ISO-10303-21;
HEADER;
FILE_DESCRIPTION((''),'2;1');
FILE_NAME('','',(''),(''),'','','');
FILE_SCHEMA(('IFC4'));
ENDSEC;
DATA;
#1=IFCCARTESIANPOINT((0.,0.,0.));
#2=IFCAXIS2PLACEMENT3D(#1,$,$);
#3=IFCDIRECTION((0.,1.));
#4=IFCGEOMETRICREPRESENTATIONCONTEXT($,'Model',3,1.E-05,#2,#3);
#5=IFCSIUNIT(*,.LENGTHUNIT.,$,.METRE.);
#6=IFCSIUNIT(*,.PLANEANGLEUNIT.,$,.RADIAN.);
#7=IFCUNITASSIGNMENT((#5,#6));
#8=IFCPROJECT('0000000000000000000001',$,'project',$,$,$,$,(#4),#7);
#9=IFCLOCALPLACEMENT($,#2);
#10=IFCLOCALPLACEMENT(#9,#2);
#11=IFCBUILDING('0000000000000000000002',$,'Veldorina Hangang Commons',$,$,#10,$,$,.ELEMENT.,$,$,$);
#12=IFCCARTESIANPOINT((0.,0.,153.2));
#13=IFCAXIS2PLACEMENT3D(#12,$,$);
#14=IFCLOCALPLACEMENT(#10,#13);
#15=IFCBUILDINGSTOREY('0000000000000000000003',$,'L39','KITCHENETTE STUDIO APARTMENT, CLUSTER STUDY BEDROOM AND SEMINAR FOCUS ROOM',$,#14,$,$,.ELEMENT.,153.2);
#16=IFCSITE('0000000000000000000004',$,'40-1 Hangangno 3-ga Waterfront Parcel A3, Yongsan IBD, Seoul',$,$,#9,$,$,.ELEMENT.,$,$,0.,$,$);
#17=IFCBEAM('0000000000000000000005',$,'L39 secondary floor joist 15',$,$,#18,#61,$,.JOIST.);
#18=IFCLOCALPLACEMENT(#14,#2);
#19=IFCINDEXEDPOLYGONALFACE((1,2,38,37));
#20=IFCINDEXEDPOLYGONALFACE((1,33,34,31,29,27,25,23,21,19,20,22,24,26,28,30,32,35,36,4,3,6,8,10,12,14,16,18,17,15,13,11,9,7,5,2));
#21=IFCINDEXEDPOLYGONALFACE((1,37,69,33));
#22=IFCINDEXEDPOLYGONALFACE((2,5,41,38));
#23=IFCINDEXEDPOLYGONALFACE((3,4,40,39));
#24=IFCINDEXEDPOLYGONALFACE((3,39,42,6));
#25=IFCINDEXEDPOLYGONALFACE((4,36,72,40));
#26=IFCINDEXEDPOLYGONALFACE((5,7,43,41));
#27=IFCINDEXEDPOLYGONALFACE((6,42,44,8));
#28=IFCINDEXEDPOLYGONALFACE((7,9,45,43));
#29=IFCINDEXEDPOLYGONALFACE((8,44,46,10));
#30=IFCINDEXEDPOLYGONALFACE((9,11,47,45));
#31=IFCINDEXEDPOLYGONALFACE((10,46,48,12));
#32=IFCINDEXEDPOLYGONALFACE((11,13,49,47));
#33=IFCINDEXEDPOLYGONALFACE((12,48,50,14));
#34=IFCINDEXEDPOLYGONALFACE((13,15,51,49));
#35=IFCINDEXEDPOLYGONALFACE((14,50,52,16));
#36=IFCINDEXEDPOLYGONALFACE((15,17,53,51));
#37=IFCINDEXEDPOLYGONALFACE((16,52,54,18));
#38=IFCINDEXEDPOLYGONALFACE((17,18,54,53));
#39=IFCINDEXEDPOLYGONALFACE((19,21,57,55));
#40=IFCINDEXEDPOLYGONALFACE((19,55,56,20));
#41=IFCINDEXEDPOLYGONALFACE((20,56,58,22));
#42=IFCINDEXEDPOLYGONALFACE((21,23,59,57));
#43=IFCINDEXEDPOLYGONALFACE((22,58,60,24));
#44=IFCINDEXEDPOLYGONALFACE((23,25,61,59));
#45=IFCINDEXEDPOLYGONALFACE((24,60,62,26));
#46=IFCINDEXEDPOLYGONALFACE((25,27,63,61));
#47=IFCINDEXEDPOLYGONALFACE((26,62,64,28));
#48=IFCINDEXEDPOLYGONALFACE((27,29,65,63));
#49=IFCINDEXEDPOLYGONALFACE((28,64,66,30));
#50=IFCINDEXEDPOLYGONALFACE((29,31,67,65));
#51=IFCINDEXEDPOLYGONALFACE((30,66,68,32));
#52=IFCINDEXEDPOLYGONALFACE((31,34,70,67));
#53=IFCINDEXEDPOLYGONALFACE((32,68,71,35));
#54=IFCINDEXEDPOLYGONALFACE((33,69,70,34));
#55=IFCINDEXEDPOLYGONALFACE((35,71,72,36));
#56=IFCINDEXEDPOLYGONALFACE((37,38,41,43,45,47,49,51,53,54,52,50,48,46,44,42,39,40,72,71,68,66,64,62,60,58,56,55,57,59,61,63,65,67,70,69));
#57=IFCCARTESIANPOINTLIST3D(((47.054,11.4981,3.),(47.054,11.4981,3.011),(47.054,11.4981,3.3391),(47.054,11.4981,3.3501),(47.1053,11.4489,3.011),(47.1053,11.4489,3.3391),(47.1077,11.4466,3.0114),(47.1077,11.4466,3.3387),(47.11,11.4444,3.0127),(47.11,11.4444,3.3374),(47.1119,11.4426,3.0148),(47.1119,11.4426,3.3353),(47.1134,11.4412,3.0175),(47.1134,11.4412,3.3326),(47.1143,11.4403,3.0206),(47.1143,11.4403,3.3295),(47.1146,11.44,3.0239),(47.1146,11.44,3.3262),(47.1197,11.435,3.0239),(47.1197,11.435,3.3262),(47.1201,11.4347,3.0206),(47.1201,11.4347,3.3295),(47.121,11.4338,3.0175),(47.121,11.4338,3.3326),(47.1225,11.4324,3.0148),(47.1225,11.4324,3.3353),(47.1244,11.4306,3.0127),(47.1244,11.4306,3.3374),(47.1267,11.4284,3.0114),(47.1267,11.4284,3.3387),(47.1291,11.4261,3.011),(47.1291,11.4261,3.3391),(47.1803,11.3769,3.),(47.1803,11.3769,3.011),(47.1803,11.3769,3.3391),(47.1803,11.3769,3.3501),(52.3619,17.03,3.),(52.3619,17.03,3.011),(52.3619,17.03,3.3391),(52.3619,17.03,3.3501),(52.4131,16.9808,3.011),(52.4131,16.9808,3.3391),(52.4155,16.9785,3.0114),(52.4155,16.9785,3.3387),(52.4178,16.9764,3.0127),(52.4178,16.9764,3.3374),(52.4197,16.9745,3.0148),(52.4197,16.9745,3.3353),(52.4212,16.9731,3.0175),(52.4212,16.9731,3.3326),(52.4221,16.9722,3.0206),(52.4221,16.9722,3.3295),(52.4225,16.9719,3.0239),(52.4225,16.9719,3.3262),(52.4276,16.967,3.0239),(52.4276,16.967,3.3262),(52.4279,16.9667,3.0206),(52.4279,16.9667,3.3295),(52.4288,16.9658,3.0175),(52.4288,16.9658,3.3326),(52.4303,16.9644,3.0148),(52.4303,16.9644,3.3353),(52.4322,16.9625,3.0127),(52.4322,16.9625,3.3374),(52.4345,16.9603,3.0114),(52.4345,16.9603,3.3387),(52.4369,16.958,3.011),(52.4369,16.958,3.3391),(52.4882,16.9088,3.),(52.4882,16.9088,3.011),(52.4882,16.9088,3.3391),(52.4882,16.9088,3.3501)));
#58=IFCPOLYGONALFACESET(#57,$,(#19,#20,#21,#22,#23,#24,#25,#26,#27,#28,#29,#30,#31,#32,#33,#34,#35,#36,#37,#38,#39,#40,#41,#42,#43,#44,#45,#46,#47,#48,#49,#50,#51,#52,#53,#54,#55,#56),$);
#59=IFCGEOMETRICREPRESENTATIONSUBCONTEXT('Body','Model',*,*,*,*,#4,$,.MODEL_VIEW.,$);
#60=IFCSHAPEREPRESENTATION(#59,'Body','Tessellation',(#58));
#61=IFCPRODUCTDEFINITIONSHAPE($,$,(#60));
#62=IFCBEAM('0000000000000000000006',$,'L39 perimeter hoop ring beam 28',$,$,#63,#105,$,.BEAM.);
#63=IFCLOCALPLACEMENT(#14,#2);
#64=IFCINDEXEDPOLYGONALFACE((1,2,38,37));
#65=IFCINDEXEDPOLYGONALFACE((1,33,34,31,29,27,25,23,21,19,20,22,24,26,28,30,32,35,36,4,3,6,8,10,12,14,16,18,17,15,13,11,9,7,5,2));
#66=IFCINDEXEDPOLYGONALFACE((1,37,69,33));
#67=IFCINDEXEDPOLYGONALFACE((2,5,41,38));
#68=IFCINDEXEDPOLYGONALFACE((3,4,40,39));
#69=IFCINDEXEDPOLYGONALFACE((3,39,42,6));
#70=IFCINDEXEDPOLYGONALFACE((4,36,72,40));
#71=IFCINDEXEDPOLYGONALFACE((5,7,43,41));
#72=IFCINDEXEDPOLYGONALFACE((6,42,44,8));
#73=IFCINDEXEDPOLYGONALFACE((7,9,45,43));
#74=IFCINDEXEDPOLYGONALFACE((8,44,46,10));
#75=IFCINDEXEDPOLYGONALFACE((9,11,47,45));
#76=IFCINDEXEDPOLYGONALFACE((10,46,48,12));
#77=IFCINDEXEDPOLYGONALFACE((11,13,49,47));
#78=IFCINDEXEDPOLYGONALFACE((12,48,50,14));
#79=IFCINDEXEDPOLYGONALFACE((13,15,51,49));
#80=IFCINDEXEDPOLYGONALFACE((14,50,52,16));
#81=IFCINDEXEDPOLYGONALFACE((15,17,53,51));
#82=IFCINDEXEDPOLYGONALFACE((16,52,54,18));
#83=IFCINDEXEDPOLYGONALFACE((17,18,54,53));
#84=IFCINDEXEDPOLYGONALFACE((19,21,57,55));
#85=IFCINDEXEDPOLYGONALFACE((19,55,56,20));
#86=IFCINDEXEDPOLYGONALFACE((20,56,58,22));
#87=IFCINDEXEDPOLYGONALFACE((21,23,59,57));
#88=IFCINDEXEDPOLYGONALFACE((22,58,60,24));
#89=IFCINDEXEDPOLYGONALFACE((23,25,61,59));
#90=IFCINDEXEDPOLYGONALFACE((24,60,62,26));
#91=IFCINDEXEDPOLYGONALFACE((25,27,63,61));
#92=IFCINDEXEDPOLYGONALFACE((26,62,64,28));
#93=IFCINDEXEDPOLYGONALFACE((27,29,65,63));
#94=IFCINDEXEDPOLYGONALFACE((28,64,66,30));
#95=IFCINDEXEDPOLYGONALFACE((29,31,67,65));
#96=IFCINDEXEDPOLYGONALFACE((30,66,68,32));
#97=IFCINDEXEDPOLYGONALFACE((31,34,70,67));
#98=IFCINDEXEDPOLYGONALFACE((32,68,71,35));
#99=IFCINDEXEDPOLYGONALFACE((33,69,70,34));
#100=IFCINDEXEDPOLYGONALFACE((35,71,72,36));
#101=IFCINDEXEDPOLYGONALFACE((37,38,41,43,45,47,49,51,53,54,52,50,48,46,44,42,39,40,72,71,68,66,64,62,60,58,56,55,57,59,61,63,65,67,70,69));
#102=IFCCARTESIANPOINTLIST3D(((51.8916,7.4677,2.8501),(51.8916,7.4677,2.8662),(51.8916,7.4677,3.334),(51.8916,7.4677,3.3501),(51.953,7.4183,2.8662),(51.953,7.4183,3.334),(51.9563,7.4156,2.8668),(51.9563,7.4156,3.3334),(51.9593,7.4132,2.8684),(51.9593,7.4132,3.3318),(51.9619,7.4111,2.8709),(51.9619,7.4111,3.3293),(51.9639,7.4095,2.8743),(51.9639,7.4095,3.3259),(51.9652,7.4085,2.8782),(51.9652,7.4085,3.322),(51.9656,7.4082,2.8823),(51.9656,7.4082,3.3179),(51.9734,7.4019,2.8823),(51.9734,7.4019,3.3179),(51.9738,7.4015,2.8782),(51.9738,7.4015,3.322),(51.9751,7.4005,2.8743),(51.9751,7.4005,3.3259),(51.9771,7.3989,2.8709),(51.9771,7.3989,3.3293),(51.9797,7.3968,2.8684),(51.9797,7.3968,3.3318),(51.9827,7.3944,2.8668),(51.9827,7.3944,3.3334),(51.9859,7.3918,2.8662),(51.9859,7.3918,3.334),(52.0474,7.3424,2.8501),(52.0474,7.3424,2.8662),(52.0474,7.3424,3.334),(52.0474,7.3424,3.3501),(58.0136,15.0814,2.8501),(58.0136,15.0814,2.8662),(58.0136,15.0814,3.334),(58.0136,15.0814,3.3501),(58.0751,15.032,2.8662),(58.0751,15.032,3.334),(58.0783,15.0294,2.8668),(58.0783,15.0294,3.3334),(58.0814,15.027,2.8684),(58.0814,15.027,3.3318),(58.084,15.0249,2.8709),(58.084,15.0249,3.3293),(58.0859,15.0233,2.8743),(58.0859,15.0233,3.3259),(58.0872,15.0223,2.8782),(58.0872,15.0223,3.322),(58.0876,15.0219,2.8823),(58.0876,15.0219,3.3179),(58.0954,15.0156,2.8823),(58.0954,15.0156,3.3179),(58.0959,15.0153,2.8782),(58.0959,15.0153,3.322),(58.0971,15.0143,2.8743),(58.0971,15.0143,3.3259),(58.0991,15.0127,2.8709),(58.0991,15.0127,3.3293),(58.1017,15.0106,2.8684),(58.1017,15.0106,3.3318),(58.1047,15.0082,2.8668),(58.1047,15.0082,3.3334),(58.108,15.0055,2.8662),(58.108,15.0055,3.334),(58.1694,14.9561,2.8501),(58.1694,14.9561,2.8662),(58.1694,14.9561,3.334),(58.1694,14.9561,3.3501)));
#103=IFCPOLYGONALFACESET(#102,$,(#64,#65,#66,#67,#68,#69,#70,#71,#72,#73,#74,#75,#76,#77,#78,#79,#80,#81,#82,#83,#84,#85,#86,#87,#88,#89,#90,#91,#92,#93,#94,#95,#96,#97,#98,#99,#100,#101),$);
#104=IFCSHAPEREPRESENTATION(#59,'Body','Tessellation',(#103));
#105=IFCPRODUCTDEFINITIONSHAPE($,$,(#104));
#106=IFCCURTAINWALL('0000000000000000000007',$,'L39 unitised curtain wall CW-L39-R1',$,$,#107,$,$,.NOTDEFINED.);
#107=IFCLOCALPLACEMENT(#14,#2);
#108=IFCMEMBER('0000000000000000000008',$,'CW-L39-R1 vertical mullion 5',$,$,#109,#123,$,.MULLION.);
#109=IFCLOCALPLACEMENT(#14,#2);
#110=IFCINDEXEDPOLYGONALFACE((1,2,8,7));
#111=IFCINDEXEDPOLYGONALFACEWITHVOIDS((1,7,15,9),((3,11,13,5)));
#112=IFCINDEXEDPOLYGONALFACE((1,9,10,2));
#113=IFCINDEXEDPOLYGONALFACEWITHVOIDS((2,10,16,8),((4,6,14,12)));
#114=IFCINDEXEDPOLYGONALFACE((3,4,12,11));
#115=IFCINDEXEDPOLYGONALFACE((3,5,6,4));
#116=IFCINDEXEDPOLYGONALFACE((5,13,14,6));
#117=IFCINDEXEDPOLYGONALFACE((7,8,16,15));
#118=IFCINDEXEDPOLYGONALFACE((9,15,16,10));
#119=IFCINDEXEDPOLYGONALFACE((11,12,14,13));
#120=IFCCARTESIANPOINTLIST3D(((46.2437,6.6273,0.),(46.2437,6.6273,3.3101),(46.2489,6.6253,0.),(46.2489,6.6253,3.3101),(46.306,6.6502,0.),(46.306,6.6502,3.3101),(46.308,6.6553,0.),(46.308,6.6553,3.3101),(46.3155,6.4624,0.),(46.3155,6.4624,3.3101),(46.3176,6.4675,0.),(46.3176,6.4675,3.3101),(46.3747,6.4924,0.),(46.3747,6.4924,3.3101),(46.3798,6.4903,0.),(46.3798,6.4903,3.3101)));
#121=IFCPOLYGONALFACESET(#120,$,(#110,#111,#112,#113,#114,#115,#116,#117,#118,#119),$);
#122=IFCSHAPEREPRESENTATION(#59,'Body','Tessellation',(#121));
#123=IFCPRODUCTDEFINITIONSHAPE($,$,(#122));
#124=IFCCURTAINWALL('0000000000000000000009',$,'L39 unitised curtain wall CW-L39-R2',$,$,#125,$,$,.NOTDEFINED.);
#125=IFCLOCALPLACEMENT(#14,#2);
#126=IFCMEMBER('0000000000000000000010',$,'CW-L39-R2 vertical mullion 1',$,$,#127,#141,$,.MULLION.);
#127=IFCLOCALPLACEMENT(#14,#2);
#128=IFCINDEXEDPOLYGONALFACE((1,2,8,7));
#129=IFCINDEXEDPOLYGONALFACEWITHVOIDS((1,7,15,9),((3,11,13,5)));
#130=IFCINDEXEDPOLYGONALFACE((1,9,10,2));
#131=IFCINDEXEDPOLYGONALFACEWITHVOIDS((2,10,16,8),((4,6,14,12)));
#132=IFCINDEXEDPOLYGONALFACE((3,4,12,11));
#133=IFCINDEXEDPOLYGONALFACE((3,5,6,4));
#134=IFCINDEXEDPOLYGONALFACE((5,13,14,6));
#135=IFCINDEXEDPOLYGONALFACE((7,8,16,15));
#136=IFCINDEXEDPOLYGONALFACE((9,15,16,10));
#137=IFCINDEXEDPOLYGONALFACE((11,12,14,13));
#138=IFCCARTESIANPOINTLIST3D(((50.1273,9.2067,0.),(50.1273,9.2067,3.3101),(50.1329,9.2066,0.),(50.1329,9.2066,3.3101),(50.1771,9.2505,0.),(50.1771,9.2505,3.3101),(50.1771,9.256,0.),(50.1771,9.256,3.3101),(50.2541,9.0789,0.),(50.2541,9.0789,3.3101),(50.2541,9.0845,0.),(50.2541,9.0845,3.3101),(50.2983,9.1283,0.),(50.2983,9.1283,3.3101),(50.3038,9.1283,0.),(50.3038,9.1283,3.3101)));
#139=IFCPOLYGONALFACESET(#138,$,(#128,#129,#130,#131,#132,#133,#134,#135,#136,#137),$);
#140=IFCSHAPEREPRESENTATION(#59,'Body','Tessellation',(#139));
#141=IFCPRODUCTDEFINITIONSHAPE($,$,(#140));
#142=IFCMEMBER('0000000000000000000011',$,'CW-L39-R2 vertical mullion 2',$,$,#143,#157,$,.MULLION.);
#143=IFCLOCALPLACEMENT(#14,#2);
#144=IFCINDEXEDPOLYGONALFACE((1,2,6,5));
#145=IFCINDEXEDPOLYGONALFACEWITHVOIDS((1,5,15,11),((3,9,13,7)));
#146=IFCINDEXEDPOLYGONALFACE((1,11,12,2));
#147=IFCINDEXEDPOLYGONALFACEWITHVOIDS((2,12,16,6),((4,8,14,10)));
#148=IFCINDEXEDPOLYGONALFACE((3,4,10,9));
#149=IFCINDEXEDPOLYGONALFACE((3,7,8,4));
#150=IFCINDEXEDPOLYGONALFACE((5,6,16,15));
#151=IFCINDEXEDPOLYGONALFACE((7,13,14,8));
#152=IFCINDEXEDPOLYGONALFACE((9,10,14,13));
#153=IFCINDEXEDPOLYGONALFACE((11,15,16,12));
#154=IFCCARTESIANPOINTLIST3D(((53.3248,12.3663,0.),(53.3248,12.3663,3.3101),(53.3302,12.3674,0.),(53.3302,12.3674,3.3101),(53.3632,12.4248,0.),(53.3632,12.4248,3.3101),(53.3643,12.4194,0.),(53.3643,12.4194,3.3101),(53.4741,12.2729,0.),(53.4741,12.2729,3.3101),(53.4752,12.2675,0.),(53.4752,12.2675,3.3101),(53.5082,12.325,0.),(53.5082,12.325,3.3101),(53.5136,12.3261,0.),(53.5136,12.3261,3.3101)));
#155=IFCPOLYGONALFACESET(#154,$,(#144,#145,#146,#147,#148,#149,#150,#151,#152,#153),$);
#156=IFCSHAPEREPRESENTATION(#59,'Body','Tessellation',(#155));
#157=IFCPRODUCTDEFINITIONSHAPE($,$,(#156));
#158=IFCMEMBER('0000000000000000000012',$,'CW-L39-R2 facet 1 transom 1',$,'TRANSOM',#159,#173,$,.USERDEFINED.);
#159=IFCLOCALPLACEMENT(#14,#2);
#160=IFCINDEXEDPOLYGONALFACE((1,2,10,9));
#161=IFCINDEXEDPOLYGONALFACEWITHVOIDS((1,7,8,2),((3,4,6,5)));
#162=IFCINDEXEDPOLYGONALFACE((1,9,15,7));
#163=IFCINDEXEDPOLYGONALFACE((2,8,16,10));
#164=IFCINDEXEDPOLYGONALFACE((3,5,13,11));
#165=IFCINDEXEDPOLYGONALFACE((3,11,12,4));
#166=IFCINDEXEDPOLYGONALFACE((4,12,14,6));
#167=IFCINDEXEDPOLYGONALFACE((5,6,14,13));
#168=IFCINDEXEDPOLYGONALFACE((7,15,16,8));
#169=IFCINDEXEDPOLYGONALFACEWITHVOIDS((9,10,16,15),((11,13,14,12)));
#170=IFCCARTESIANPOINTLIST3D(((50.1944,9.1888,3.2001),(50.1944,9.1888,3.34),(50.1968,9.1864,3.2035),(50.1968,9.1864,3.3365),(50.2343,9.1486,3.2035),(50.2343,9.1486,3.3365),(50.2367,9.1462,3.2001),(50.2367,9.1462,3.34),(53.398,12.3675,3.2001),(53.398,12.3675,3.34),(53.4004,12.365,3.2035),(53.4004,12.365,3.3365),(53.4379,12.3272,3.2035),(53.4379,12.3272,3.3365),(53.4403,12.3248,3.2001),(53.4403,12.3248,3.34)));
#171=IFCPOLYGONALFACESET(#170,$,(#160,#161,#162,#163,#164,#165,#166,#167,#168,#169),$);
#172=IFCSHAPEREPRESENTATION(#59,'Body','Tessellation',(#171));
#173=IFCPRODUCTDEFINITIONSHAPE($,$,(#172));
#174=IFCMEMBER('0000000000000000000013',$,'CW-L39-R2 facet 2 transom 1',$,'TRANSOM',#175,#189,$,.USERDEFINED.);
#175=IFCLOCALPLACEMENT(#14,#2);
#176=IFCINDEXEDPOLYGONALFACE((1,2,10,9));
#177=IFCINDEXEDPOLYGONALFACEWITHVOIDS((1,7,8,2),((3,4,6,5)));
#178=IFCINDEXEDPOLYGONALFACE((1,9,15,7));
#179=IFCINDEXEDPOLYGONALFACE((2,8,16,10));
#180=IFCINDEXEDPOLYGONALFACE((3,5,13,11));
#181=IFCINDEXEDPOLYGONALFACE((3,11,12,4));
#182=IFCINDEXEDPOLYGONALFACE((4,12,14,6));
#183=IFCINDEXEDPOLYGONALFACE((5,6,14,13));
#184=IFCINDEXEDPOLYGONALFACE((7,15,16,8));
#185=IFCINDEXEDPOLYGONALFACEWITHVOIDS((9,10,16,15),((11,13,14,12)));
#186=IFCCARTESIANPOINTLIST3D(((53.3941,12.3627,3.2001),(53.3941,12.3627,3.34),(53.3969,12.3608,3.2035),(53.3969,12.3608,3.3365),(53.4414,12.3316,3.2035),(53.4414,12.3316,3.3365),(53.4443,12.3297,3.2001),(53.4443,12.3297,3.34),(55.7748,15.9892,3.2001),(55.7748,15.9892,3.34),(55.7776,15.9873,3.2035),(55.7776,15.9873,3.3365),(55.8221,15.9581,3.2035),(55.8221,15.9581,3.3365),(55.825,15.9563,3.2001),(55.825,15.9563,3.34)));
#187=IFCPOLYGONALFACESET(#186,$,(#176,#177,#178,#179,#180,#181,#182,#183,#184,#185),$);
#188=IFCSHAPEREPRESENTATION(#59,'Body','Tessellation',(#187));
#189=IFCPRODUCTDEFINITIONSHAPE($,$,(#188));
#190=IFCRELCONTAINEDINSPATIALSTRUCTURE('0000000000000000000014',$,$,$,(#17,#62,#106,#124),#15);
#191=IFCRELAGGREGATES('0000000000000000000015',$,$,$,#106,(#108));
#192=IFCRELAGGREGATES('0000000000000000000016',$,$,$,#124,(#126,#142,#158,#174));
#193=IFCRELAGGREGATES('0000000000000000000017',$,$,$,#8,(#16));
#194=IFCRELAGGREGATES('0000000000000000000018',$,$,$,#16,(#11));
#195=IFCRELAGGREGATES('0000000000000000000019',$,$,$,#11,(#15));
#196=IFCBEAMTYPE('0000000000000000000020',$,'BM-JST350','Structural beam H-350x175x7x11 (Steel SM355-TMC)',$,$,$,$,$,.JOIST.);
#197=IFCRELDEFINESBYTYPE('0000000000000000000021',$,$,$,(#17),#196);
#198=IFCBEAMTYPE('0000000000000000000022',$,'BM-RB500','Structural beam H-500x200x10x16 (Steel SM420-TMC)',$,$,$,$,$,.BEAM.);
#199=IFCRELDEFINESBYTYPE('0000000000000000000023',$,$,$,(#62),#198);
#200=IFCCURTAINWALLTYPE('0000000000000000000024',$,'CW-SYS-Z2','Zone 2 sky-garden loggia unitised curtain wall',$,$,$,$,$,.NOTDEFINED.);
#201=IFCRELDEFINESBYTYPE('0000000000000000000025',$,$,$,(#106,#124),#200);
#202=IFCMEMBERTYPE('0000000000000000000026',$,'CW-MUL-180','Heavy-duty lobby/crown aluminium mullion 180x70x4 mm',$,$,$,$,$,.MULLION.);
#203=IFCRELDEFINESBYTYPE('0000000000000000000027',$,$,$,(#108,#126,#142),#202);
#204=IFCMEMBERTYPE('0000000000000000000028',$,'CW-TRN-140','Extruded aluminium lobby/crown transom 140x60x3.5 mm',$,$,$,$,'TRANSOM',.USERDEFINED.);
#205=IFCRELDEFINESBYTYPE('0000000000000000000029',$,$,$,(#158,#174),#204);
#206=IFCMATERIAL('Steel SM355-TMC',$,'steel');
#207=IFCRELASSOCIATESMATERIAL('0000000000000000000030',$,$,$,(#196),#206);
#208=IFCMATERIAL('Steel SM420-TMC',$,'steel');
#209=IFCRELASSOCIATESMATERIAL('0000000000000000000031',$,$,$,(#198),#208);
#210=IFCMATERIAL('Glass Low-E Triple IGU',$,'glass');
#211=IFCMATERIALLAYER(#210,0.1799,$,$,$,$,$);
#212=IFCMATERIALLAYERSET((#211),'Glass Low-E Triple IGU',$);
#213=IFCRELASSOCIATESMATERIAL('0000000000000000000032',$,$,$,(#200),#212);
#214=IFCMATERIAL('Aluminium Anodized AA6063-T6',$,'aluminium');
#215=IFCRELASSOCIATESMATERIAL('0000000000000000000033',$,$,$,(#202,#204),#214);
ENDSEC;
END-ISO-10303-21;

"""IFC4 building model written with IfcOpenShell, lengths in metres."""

from ifc_helpers import new_model, si_unit, direction, frame, origin, origin_2d, place, context, subcontext, project, spatial, hollow_rectangle, i_section, extrude, material, layer, layer_set, material_profile, profile_set, type_object, element, aggregate, save


model = new_model("IFC4")

# Units and contexts
model_context = context("Model", 3, precision=1e-05, world=origin(), true_north=direction((0.0, 1.0)))
body_context = subcontext(model_context, "Body", "Model", "MODEL_VIEW")
ifc_project = project(units=[si_unit("LENGTHUNIT", "METRE"), si_unit("PLANEANGLEUNIT", "RADIAN")], contexts=[model_context])

# Site, building, storey
site_placement = place(None, origin())
site = spatial("IfcSite", under=ifc_project, at=site_placement, Name="40-1 Hangangno 3-ga Waterfront Parcel A3, Yongsan IBD, Seoul", CompositionType="ELEMENT", RefElevation=0.0)
building_placement = place(site_placement, origin())
building = spatial("IfcBuilding", under=site, at=building_placement, Name="Veldorina Hangang Commons", CompositionType="ELEMENT")
storey_placement = place(building_placement, frame((0.0, 0.0, 153.2)))
storey = spatial("IfcBuildingStorey", under=building, at=storey_placement, Name="L39", Description="KITCHENETTE STUDIO APARTMENT, CLUSTER STUDY BEDROOM AND SEMINAR FOCUS ROOM", CompositionType="ELEMENT", Elevation=153.2)

# Beams
ifc_material_1 = material(Name="Steel SM355-TMC", Category="steel")
ifc_material_profile_1 = material_profile(ifc_material_1, i_section(OverallWidth=0.175, OverallDepth=0.3501, WebThickness=0.0071, FlangeThickness=0.011, FilletRadius=0.0129, at=origin_2d()), Name="H-350x175x7x11")
ifc_profile_set_1 = profile_set([ifc_material_profile_1], Name="Steel SM355-TMC")
beam_type_1 = type_object("IfcBeamType", Name="BM-JST350", Description="Structural beam H-350x175x7x11 (Steel SM355-TMC)", PredefinedType="JOIST", material=ifc_profile_set_1)
beam_1_placement = place(storey_placement, frame((47.1172, 11.4375, 3.175), z_axis=(0.692339, 0.721572, 0.0), x_axis=(-0.721572, 0.692339, 0.0)))
element("IfcBeam", 1, at=beam_1_placement, inside=storey, type_object=beam_type_1, Name="L39 secondary floor joist 15", PredefinedType="JOIST", context=body_context, shape_type="SweptSolid", body=[
    extrude(i_section(OverallWidth=0.175, OverallDepth=0.3501, WebThickness=0.0071, FlangeThickness=0.011, FilletRadius=0.0129, at=origin_2d()), origin(), (0.0, 0.0, 1.0), 7.6665),
])
ifc_material_2 = material(Name="Steel SM420-TMC", Category="steel")
ifc_material_profile_2 = material_profile(ifc_material_2, i_section(OverallWidth=0.2, OverallDepth=0.5, WebThickness=0.01, FlangeThickness=0.0161, FilletRadius=0.0161, at=origin_2d()), Name="H-500x200x10x16")
ifc_profile_set_2 = profile_set([ifc_material_profile_2], Name="Steel SM420-TMC")
beam_type_2 = type_object("IfcBeamType", Name="BM-RB500", Description="Structural beam H-500x200x10x16 (Steel SM420-TMC)", PredefinedType="BEAM", material=ifc_profile_set_2)
beam_2_placement = place(storey_placement, frame((51.9695, 7.405, 3.1001), z_axis=(0.626631, 0.779316, 0.0), x_axis=(-0.779316, 0.626631, 0.0)))
element("IfcBeam", 2, at=beam_2_placement, inside=storey, type_object=beam_type_2, Name="L39 perimeter hoop ring beam 28", PredefinedType="BEAM", context=body_context, shape_type="SweptSolid", body=[
    extrude(i_section(OverallWidth=0.2, OverallDepth=0.5, WebThickness=0.01, FlangeThickness=0.0161, FilletRadius=0.0161, at=origin_2d()), origin(), (0.0, 0.0, 1.0), 9.7698),
])

# Curtain wall, member
ifc_material_3 = material(Name="Glass Low-E Triple IGU", Category="glass")
ifc_layer_1 = layer(ifc_material_3, 0.1799)
ifc_layer_set_1 = layer_set([ifc_layer_1], Name="Glass Low-E Triple IGU")
curtain_wall_type = type_object("IfcCurtainWallType", Name="CW-SYS-Z2", Description="Zone 2 sky-garden loggia unitised curtain wall", PredefinedType="NOTDEFINED", material=ifc_layer_set_1)
curtain_wall_1_placement = place(storey_placement, origin())
curtain_wall_1 = element("IfcCurtainWall", 3, at=curtain_wall_1_placement, inside=storey, type_object=curtain_wall_type, Name="L39 unitised curtain wall CW-L39-R1", PredefinedType="NOTDEFINED")
ifc_material_4 = material(Name="Aluminium Anodized AA6063-T6", Category="aluminium")
ifc_material_profile_3 = material_profile(ifc_material_4, hollow_rectangle(XDim=0.0701, YDim=0.1799, WallThickness=0.0039, at=origin_2d()), Name="ALU-RHS-180x70x4")
ifc_profile_set_3 = profile_set([ifc_material_profile_3], Name="Aluminium Anodized AA6063-T6")
member_type_1 = type_object("IfcMemberType", Name="CW-MUL-180", Description="Heavy-duty lobby/crown aluminium mullion 180x70x4 mm", PredefinedType="MULLION", material=ifc_profile_set_3)
member_1_placement = place(storey_placement, frame((46.3118, 6.5588, 0.0), z_axis=(0.0, 0.0, 1.0), x_axis=(-0.916907, -0.399101, 0.0)))
member_1 = element("IfcMember", 4, at=member_1_placement, type_object=member_type_1, Name="CW-L39-R1 vertical mullion 5", PredefinedType="MULLION", context=body_context, shape_type="SweptSolid", body=[
    extrude(hollow_rectangle(XDim=0.0701, YDim=0.1799, WallThickness=0.0039, at=origin_2d()), origin(), (0.0, 0.0, 1.0), 3.3101),
])
aggregate(curtain_wall_1, [member_1])

# Curtain wall, members
curtain_wall_2_placement = place(storey_placement, origin())
curtain_wall_2 = element("IfcCurtainWall", 5, at=curtain_wall_2_placement, inside=storey, type_object=curtain_wall_type, Name="L39 unitised curtain wall CW-L39-R2", PredefinedType="NOTDEFINED")
member_2_placement = place(storey_placement, frame((50.2156, 9.1675, 0.0), z_axis=(0.0, 0.0, 1.0), x_axis=(0.709866, 0.704337, 0.0)))
member_2 = element("IfcMember", 6, at=member_2_placement, type_object=member_type_1, Name="CW-L39-R2 vertical mullion 1", PredefinedType="MULLION", context=body_context, shape_type="SweptSolid", body=[
    extrude(hollow_rectangle(XDim=0.0701, YDim=0.1799, WallThickness=0.0039, at=origin_2d()), origin(), (0.0, 0.0, 1.0), 3.3101),
])
member_3_placement = place(storey_placement, frame((53.4192, 12.3462, 0.0), z_axis=(0.0, 0.0, 1.0), x_axis=(0.548746, 0.835989, 0.0)))
member_3 = element("IfcMember", 7, at=member_3_placement, type_object=member_type_1, Name="CW-L39-R2 vertical mullion 2", PredefinedType="MULLION", context=body_context, shape_type="SweptSolid", body=[
    extrude(hollow_rectangle(XDim=0.0701, YDim=0.1799, WallThickness=0.0039, at=origin_2d()), origin(), (0.0, 0.0, 1.0), 3.3101),
])
ifc_material_profile_4 = material_profile(ifc_material_4, hollow_rectangle(XDim=0.0601, YDim=0.1399, WallThickness=0.0034, at=origin_2d()), Name="ALU-RHS-140x60x3.5")
ifc_profile_set_4 = profile_set([ifc_material_profile_4], Name="Aluminium Anodized AA6063-T6")
member_type_2 = type_object("IfcMemberType", Name="CW-TRN-140", Description="Extruded aluminium lobby/crown transom 140x60x3.5 mm", ElementType="TRANSOM", PredefinedType="USERDEFINED", material=ifc_profile_set_4)
member_4_placement = place(storey_placement, frame((50.2156, 9.1675, 3.27), z_axis=(0.70986, 0.704342, 0.0), x_axis=(-0.704342, 0.70986, 0.0)))
member_4 = element("IfcMember", 8, at=member_4_placement, type_object=member_type_2, Name="CW-L39-R2 facet 1 transom 1", ObjectType="TRANSOM", PredefinedType="USERDEFINED", context=body_context, shape_type="SweptSolid", body=[
    extrude(hollow_rectangle(XDim=0.0601, YDim=0.1399, WallThickness=0.0034, at=origin_2d()), origin(), (0.0, 0.0, 1.0), 4.5129),
])
member_5_placement = place(storey_placement, frame((53.4192, 12.3462, 3.27), z_axis=(0.548777, 0.835969, 0.0), x_axis=(-0.835969, 0.548777, 0.0)))
member_5 = element("IfcMember", 9, at=member_5_placement, type_object=member_type_2, Name="CW-L39-R2 facet 2 transom 1", ObjectType="TRANSOM", PredefinedType="USERDEFINED", context=body_context, shape_type="SweptSolid", body=[
    extrude(hollow_rectangle(XDim=0.0601, YDim=0.1399, WallThickness=0.0034, at=origin_2d()), origin(), (0.0, 0.0, 1.0), 4.3381),
])

aggregate(curtain_wall_2, [member_2, member_3, member_4, member_5])

save(model, "model.ifc")
